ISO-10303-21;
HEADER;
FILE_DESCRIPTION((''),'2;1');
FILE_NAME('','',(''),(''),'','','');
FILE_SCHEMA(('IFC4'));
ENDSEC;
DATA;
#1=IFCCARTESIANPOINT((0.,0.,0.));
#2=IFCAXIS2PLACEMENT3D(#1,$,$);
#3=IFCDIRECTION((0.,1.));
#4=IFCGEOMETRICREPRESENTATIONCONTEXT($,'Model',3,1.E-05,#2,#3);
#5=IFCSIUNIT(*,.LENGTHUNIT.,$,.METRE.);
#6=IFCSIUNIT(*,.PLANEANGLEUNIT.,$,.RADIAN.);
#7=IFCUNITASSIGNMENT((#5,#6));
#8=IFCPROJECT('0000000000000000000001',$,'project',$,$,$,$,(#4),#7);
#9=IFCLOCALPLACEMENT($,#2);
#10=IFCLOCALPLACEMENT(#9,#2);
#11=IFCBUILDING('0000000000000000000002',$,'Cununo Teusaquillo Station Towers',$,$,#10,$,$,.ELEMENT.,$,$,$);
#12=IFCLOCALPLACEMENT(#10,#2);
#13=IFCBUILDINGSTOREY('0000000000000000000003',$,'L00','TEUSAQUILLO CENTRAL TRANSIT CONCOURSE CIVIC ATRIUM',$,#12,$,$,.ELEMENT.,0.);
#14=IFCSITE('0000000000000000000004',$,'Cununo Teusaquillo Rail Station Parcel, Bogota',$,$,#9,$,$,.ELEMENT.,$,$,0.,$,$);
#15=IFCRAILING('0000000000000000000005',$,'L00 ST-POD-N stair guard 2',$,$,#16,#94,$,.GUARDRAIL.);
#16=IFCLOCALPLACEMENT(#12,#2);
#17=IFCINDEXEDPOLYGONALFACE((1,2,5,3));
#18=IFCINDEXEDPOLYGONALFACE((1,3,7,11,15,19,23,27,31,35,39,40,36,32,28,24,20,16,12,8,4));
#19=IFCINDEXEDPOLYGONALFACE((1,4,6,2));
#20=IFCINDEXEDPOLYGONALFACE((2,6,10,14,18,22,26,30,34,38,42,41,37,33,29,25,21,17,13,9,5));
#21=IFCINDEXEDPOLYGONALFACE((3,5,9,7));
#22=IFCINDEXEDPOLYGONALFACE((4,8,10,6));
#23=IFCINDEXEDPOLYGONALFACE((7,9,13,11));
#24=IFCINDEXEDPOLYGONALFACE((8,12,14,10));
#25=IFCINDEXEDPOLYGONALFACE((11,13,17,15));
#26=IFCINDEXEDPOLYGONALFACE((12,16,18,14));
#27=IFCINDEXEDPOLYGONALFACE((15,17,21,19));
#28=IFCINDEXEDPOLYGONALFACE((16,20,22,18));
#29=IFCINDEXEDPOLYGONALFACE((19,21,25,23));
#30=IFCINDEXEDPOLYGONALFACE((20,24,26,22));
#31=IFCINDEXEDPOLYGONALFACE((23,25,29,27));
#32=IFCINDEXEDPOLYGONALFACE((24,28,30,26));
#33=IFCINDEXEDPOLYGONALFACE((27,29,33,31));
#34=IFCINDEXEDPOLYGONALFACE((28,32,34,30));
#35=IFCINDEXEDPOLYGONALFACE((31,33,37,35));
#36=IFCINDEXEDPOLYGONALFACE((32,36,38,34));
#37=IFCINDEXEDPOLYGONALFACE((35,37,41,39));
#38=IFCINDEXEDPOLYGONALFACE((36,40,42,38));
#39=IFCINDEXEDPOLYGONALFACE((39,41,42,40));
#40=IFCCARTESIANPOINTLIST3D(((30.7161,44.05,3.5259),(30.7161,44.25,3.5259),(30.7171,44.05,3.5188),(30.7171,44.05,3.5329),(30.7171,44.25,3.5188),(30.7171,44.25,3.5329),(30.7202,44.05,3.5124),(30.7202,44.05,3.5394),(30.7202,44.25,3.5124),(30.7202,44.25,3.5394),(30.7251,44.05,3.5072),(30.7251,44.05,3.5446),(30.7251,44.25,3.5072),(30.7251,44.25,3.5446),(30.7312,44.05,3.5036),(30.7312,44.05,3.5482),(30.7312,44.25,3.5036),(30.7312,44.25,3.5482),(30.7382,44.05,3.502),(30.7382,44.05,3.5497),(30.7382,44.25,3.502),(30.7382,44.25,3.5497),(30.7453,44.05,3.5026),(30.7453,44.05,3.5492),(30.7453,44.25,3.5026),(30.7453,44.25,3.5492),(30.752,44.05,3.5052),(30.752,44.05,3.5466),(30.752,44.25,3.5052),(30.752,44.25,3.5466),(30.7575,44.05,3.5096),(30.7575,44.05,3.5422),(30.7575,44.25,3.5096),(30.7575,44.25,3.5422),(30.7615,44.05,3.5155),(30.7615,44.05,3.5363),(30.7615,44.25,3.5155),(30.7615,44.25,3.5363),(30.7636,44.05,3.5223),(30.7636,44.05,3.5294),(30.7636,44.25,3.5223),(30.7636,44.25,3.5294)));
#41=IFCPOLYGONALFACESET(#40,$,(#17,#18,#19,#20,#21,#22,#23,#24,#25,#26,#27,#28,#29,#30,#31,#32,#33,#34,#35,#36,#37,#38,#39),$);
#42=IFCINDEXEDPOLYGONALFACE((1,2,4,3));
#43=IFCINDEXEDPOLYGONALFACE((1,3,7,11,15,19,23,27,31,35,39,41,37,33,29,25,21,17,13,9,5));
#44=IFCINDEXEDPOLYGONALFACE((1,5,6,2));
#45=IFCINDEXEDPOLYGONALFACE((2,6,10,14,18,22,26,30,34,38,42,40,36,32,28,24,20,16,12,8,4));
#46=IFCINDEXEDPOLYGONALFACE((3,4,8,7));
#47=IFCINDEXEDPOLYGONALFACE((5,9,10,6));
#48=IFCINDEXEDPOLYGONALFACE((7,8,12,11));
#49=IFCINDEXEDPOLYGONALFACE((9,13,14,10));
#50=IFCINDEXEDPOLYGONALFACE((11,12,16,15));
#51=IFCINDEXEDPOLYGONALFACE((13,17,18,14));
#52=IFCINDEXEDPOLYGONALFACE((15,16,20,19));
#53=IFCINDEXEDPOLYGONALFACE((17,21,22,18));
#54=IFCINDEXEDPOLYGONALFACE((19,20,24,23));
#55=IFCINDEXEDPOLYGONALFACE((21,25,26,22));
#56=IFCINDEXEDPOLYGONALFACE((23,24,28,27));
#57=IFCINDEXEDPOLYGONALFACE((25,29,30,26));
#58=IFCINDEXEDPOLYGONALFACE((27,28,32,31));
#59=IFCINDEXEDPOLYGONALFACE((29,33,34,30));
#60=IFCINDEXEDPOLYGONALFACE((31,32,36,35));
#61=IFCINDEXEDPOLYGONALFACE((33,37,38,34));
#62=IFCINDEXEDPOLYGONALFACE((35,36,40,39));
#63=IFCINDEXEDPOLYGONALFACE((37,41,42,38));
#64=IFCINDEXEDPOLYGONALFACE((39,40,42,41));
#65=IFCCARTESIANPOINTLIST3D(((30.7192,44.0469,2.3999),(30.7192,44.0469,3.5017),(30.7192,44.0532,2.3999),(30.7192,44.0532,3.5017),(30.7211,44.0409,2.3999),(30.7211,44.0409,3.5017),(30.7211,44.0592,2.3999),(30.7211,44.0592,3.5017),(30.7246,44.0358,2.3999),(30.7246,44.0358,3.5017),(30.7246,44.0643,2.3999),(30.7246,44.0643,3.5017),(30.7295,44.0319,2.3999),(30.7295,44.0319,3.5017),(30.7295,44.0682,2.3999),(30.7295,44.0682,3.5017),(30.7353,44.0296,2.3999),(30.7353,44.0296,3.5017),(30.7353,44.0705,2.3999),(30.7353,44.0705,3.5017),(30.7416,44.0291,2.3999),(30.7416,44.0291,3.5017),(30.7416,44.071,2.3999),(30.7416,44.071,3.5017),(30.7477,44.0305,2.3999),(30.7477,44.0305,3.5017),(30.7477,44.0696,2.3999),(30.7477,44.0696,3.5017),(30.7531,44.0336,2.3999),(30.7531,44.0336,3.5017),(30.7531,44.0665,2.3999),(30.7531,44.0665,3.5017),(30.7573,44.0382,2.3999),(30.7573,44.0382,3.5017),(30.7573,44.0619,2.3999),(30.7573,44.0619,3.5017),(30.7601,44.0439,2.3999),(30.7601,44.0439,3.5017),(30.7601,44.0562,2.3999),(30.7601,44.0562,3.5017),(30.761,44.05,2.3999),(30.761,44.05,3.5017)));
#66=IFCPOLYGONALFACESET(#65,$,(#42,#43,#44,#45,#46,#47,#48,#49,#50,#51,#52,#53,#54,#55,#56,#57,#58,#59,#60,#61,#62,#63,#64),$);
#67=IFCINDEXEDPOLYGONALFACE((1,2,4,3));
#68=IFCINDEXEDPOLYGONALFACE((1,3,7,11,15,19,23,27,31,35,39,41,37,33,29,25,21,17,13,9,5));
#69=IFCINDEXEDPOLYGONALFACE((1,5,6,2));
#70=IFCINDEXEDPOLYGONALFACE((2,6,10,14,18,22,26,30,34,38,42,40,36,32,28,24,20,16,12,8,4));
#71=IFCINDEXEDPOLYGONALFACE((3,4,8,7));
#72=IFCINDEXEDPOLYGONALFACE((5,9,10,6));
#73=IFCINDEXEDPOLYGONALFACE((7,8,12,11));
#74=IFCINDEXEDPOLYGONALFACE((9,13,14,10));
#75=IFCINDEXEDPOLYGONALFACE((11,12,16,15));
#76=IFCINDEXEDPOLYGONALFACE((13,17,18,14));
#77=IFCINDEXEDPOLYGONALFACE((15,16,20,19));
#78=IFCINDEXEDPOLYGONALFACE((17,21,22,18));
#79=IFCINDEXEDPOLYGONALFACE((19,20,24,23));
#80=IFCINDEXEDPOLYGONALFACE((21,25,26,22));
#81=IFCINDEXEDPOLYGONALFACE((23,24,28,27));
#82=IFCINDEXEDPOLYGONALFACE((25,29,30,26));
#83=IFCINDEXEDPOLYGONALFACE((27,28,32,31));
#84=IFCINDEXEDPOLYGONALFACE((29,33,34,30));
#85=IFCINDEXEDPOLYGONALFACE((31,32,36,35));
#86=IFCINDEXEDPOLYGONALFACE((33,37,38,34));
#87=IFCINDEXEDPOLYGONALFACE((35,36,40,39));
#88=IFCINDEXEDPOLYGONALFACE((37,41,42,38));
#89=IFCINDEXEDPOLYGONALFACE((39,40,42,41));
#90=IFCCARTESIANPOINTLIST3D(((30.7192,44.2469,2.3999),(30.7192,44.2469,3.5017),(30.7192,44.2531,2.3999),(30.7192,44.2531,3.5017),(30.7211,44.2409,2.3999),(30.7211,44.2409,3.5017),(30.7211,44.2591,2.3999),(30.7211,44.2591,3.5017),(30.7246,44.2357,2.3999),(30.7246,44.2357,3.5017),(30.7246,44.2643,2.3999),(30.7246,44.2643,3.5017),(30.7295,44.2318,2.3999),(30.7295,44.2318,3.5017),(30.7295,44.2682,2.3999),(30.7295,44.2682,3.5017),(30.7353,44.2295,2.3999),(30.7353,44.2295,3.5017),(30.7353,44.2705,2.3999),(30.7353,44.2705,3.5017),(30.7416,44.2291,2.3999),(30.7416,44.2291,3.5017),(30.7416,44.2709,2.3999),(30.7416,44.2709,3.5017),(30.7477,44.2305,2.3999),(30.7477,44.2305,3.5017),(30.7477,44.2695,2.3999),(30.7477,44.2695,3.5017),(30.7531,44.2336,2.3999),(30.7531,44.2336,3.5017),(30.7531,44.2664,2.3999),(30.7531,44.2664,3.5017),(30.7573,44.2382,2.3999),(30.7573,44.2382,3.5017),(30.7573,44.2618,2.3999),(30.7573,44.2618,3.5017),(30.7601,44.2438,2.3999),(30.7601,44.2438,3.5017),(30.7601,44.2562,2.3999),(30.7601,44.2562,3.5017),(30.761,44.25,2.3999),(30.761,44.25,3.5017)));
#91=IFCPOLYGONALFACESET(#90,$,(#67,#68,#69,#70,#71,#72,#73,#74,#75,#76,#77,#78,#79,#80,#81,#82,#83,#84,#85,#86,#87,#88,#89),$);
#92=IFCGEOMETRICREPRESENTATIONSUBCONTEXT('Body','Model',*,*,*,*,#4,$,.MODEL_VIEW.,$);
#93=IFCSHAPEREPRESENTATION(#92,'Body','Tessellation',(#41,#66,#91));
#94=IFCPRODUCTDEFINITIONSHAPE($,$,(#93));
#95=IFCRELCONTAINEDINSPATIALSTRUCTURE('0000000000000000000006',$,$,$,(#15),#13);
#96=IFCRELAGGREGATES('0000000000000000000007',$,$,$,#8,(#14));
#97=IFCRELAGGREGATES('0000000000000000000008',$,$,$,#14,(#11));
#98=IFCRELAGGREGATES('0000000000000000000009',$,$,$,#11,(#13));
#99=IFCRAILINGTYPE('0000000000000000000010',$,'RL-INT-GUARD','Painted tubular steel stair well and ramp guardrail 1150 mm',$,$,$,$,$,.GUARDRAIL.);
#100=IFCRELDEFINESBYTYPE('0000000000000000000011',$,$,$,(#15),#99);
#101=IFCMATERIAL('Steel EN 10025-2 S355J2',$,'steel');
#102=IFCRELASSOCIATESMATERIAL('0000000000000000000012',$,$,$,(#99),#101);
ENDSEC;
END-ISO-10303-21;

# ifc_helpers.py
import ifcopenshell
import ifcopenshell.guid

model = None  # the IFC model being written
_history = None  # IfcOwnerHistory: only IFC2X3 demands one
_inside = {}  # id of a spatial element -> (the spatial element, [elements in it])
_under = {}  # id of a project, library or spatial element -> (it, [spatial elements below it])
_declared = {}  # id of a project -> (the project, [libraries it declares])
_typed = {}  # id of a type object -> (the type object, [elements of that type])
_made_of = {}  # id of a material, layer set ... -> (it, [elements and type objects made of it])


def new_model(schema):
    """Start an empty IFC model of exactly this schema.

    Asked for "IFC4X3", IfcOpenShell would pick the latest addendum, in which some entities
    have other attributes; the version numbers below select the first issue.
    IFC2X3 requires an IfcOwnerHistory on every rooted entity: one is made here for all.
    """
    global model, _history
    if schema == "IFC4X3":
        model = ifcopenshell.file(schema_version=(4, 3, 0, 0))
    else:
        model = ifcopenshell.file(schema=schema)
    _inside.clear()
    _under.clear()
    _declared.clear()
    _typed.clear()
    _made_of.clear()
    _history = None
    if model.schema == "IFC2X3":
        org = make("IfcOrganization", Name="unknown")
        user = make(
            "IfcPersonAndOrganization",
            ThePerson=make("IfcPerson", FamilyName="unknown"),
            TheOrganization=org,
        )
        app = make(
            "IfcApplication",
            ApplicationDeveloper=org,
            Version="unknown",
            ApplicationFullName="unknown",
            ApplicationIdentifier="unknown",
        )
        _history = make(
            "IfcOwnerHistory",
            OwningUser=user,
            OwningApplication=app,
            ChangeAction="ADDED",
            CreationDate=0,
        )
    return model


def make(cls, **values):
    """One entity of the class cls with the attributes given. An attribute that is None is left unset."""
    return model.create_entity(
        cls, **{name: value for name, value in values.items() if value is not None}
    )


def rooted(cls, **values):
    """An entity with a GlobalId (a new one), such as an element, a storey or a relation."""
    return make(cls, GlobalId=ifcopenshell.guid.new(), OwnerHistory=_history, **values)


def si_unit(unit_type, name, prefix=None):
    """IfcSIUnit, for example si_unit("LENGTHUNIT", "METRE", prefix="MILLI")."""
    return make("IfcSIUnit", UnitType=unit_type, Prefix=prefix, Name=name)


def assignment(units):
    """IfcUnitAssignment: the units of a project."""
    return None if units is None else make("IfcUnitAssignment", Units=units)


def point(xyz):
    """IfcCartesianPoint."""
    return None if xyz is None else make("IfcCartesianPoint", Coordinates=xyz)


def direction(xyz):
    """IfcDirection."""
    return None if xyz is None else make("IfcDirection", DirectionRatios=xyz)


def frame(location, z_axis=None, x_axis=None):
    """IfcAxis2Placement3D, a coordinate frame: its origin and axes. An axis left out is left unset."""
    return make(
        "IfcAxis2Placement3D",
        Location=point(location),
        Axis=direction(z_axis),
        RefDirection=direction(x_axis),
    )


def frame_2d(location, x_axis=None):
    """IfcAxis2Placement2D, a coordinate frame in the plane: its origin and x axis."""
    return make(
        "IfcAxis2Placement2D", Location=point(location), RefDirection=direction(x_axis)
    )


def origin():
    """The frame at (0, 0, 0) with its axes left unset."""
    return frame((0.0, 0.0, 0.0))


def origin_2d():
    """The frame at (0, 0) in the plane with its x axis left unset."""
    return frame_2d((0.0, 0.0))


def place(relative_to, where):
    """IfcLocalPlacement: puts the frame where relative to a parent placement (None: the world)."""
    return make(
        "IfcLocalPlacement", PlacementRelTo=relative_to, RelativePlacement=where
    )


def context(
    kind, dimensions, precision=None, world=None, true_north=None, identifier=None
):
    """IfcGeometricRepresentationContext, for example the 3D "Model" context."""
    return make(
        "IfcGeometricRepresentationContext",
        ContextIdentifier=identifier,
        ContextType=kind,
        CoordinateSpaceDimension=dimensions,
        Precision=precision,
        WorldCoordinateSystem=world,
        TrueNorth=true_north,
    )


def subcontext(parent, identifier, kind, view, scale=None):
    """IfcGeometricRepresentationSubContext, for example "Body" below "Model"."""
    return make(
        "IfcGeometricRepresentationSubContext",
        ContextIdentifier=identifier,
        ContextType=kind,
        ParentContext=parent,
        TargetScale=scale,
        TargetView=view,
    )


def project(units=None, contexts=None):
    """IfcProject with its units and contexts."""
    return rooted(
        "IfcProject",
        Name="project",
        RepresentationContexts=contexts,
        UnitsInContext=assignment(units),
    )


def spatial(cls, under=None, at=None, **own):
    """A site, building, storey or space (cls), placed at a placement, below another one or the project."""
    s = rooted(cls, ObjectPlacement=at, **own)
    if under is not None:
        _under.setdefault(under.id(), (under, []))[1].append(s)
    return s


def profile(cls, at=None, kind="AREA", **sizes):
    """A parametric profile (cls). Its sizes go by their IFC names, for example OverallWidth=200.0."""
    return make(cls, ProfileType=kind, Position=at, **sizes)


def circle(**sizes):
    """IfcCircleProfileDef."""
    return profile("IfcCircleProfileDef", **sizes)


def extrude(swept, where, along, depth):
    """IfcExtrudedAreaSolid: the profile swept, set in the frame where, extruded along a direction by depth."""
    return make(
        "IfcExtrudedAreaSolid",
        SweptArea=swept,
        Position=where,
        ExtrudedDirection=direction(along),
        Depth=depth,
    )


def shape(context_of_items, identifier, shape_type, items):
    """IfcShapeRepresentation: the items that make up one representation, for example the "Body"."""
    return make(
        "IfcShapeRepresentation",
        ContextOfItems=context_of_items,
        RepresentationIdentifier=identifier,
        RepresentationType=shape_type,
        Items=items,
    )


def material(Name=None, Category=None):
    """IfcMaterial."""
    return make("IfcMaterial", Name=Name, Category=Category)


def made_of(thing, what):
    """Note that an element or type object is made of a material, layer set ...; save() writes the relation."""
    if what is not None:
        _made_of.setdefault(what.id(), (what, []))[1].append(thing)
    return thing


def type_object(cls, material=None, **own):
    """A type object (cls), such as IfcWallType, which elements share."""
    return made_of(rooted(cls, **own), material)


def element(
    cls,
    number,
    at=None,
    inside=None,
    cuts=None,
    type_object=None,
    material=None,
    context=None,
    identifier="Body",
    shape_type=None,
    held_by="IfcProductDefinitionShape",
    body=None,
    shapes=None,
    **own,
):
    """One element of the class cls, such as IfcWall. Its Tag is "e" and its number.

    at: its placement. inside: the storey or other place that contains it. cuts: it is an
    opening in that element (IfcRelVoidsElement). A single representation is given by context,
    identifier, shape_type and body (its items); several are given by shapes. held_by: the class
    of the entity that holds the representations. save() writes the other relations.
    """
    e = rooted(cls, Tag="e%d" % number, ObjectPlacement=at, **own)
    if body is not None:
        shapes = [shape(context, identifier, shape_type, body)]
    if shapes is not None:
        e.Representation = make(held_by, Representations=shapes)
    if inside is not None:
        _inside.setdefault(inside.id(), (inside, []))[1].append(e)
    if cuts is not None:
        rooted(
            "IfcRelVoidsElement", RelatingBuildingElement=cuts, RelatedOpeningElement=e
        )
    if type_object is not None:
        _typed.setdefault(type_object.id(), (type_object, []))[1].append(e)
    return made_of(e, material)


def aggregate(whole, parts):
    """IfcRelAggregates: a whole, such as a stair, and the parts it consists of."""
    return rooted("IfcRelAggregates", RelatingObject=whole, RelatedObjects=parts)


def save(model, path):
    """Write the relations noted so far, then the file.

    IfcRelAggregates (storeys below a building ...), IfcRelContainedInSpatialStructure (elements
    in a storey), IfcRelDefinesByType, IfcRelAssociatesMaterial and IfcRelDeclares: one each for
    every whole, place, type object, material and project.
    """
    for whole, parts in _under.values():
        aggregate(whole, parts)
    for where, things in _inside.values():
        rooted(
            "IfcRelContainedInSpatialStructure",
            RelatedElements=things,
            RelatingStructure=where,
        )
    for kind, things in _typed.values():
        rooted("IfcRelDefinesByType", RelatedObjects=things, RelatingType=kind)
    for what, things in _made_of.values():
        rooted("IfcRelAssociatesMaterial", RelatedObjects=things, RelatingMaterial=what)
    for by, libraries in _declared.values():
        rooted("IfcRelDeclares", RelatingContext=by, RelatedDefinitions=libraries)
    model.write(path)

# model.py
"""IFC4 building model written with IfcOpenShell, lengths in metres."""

from ifc_helpers import new_model, si_unit, direction, frame, origin, origin_2d, place, context, subcontext, project, spatial, circle, extrude, material, type_object, element, save


model = new_model("IFC4")

# Units and contexts
model_context = context("Model", 3, precision=1e-05, world=origin(), true_north=direction((0.0, 1.0)))
body_context = subcontext(model_context, "Body", "Model", "MODEL_VIEW")
ifc_project = project(units=[si_unit("LENGTHUNIT", "METRE"), si_unit("PLANEANGLEUNIT", "RADIAN")], contexts=[model_context])

# Site, building, storey
site_placement = place(None, origin())
site = spatial("IfcSite", under=ifc_project, at=site_placement, Name="Cununo Teusaquillo Rail Station Parcel, Bogota", CompositionType="ELEMENT", RefElevation=0.0)
building_placement = place(site_placement, origin())
building = spatial("IfcBuilding", under=site, at=building_placement, Name="Cununo Teusaquillo Station Towers", CompositionType="ELEMENT")
storey_placement = place(building_placement, origin())
storey = spatial("IfcBuildingStorey", under=building, at=storey_placement, Name="L00", Description="TEUSAQUILLO CENTRAL TRANSIT CONCOURSE CIVIC ATRIUM", CompositionType="ELEMENT", Elevation=0.0)

# Railing
ifc_material_1 = material(Name="Steel EN 10025-2 S355J2", Category="steel")
railing_type_1 = type_object("IfcRailingType", Name="RL-INT-GUARD", Description="Painted tubular steel stair well and ramp guardrail 1150 mm", PredefinedType="GUARDRAIL", material=ifc_material_1)
railing_1_placement = place(storey_placement, frame((30.74, 44.05, 2.3999)))
element("IfcRailing", 1, at=railing_1_placement, inside=storey, type_object=railing_type_1, Name="L00 ST-POD-N stair guard 2", PredefinedType="GUARDRAIL", context=body_context, shape_type="SweptSolid", body=[
    extrude(circle(Radius=0.0239, at=origin_2d()), frame((0.0, 0.0, 1.126), z_axis=(0.0, 1.0, 0.0), x_axis=(-1.0, 0.0, 0.0)), (0.0, 0.0, 1.0), 0.2),
    extrude(circle(Radius=0.021, at=origin_2d()), origin(), (0.0, 0.0, 1.0), 1.1018),
    extrude(circle(Radius=0.021, at=origin_2d()), frame((0.0, 0.2, 0.0)), (0.0, 0.0, 1.0), 1.1018),
])

save(model, "model.ifc")
